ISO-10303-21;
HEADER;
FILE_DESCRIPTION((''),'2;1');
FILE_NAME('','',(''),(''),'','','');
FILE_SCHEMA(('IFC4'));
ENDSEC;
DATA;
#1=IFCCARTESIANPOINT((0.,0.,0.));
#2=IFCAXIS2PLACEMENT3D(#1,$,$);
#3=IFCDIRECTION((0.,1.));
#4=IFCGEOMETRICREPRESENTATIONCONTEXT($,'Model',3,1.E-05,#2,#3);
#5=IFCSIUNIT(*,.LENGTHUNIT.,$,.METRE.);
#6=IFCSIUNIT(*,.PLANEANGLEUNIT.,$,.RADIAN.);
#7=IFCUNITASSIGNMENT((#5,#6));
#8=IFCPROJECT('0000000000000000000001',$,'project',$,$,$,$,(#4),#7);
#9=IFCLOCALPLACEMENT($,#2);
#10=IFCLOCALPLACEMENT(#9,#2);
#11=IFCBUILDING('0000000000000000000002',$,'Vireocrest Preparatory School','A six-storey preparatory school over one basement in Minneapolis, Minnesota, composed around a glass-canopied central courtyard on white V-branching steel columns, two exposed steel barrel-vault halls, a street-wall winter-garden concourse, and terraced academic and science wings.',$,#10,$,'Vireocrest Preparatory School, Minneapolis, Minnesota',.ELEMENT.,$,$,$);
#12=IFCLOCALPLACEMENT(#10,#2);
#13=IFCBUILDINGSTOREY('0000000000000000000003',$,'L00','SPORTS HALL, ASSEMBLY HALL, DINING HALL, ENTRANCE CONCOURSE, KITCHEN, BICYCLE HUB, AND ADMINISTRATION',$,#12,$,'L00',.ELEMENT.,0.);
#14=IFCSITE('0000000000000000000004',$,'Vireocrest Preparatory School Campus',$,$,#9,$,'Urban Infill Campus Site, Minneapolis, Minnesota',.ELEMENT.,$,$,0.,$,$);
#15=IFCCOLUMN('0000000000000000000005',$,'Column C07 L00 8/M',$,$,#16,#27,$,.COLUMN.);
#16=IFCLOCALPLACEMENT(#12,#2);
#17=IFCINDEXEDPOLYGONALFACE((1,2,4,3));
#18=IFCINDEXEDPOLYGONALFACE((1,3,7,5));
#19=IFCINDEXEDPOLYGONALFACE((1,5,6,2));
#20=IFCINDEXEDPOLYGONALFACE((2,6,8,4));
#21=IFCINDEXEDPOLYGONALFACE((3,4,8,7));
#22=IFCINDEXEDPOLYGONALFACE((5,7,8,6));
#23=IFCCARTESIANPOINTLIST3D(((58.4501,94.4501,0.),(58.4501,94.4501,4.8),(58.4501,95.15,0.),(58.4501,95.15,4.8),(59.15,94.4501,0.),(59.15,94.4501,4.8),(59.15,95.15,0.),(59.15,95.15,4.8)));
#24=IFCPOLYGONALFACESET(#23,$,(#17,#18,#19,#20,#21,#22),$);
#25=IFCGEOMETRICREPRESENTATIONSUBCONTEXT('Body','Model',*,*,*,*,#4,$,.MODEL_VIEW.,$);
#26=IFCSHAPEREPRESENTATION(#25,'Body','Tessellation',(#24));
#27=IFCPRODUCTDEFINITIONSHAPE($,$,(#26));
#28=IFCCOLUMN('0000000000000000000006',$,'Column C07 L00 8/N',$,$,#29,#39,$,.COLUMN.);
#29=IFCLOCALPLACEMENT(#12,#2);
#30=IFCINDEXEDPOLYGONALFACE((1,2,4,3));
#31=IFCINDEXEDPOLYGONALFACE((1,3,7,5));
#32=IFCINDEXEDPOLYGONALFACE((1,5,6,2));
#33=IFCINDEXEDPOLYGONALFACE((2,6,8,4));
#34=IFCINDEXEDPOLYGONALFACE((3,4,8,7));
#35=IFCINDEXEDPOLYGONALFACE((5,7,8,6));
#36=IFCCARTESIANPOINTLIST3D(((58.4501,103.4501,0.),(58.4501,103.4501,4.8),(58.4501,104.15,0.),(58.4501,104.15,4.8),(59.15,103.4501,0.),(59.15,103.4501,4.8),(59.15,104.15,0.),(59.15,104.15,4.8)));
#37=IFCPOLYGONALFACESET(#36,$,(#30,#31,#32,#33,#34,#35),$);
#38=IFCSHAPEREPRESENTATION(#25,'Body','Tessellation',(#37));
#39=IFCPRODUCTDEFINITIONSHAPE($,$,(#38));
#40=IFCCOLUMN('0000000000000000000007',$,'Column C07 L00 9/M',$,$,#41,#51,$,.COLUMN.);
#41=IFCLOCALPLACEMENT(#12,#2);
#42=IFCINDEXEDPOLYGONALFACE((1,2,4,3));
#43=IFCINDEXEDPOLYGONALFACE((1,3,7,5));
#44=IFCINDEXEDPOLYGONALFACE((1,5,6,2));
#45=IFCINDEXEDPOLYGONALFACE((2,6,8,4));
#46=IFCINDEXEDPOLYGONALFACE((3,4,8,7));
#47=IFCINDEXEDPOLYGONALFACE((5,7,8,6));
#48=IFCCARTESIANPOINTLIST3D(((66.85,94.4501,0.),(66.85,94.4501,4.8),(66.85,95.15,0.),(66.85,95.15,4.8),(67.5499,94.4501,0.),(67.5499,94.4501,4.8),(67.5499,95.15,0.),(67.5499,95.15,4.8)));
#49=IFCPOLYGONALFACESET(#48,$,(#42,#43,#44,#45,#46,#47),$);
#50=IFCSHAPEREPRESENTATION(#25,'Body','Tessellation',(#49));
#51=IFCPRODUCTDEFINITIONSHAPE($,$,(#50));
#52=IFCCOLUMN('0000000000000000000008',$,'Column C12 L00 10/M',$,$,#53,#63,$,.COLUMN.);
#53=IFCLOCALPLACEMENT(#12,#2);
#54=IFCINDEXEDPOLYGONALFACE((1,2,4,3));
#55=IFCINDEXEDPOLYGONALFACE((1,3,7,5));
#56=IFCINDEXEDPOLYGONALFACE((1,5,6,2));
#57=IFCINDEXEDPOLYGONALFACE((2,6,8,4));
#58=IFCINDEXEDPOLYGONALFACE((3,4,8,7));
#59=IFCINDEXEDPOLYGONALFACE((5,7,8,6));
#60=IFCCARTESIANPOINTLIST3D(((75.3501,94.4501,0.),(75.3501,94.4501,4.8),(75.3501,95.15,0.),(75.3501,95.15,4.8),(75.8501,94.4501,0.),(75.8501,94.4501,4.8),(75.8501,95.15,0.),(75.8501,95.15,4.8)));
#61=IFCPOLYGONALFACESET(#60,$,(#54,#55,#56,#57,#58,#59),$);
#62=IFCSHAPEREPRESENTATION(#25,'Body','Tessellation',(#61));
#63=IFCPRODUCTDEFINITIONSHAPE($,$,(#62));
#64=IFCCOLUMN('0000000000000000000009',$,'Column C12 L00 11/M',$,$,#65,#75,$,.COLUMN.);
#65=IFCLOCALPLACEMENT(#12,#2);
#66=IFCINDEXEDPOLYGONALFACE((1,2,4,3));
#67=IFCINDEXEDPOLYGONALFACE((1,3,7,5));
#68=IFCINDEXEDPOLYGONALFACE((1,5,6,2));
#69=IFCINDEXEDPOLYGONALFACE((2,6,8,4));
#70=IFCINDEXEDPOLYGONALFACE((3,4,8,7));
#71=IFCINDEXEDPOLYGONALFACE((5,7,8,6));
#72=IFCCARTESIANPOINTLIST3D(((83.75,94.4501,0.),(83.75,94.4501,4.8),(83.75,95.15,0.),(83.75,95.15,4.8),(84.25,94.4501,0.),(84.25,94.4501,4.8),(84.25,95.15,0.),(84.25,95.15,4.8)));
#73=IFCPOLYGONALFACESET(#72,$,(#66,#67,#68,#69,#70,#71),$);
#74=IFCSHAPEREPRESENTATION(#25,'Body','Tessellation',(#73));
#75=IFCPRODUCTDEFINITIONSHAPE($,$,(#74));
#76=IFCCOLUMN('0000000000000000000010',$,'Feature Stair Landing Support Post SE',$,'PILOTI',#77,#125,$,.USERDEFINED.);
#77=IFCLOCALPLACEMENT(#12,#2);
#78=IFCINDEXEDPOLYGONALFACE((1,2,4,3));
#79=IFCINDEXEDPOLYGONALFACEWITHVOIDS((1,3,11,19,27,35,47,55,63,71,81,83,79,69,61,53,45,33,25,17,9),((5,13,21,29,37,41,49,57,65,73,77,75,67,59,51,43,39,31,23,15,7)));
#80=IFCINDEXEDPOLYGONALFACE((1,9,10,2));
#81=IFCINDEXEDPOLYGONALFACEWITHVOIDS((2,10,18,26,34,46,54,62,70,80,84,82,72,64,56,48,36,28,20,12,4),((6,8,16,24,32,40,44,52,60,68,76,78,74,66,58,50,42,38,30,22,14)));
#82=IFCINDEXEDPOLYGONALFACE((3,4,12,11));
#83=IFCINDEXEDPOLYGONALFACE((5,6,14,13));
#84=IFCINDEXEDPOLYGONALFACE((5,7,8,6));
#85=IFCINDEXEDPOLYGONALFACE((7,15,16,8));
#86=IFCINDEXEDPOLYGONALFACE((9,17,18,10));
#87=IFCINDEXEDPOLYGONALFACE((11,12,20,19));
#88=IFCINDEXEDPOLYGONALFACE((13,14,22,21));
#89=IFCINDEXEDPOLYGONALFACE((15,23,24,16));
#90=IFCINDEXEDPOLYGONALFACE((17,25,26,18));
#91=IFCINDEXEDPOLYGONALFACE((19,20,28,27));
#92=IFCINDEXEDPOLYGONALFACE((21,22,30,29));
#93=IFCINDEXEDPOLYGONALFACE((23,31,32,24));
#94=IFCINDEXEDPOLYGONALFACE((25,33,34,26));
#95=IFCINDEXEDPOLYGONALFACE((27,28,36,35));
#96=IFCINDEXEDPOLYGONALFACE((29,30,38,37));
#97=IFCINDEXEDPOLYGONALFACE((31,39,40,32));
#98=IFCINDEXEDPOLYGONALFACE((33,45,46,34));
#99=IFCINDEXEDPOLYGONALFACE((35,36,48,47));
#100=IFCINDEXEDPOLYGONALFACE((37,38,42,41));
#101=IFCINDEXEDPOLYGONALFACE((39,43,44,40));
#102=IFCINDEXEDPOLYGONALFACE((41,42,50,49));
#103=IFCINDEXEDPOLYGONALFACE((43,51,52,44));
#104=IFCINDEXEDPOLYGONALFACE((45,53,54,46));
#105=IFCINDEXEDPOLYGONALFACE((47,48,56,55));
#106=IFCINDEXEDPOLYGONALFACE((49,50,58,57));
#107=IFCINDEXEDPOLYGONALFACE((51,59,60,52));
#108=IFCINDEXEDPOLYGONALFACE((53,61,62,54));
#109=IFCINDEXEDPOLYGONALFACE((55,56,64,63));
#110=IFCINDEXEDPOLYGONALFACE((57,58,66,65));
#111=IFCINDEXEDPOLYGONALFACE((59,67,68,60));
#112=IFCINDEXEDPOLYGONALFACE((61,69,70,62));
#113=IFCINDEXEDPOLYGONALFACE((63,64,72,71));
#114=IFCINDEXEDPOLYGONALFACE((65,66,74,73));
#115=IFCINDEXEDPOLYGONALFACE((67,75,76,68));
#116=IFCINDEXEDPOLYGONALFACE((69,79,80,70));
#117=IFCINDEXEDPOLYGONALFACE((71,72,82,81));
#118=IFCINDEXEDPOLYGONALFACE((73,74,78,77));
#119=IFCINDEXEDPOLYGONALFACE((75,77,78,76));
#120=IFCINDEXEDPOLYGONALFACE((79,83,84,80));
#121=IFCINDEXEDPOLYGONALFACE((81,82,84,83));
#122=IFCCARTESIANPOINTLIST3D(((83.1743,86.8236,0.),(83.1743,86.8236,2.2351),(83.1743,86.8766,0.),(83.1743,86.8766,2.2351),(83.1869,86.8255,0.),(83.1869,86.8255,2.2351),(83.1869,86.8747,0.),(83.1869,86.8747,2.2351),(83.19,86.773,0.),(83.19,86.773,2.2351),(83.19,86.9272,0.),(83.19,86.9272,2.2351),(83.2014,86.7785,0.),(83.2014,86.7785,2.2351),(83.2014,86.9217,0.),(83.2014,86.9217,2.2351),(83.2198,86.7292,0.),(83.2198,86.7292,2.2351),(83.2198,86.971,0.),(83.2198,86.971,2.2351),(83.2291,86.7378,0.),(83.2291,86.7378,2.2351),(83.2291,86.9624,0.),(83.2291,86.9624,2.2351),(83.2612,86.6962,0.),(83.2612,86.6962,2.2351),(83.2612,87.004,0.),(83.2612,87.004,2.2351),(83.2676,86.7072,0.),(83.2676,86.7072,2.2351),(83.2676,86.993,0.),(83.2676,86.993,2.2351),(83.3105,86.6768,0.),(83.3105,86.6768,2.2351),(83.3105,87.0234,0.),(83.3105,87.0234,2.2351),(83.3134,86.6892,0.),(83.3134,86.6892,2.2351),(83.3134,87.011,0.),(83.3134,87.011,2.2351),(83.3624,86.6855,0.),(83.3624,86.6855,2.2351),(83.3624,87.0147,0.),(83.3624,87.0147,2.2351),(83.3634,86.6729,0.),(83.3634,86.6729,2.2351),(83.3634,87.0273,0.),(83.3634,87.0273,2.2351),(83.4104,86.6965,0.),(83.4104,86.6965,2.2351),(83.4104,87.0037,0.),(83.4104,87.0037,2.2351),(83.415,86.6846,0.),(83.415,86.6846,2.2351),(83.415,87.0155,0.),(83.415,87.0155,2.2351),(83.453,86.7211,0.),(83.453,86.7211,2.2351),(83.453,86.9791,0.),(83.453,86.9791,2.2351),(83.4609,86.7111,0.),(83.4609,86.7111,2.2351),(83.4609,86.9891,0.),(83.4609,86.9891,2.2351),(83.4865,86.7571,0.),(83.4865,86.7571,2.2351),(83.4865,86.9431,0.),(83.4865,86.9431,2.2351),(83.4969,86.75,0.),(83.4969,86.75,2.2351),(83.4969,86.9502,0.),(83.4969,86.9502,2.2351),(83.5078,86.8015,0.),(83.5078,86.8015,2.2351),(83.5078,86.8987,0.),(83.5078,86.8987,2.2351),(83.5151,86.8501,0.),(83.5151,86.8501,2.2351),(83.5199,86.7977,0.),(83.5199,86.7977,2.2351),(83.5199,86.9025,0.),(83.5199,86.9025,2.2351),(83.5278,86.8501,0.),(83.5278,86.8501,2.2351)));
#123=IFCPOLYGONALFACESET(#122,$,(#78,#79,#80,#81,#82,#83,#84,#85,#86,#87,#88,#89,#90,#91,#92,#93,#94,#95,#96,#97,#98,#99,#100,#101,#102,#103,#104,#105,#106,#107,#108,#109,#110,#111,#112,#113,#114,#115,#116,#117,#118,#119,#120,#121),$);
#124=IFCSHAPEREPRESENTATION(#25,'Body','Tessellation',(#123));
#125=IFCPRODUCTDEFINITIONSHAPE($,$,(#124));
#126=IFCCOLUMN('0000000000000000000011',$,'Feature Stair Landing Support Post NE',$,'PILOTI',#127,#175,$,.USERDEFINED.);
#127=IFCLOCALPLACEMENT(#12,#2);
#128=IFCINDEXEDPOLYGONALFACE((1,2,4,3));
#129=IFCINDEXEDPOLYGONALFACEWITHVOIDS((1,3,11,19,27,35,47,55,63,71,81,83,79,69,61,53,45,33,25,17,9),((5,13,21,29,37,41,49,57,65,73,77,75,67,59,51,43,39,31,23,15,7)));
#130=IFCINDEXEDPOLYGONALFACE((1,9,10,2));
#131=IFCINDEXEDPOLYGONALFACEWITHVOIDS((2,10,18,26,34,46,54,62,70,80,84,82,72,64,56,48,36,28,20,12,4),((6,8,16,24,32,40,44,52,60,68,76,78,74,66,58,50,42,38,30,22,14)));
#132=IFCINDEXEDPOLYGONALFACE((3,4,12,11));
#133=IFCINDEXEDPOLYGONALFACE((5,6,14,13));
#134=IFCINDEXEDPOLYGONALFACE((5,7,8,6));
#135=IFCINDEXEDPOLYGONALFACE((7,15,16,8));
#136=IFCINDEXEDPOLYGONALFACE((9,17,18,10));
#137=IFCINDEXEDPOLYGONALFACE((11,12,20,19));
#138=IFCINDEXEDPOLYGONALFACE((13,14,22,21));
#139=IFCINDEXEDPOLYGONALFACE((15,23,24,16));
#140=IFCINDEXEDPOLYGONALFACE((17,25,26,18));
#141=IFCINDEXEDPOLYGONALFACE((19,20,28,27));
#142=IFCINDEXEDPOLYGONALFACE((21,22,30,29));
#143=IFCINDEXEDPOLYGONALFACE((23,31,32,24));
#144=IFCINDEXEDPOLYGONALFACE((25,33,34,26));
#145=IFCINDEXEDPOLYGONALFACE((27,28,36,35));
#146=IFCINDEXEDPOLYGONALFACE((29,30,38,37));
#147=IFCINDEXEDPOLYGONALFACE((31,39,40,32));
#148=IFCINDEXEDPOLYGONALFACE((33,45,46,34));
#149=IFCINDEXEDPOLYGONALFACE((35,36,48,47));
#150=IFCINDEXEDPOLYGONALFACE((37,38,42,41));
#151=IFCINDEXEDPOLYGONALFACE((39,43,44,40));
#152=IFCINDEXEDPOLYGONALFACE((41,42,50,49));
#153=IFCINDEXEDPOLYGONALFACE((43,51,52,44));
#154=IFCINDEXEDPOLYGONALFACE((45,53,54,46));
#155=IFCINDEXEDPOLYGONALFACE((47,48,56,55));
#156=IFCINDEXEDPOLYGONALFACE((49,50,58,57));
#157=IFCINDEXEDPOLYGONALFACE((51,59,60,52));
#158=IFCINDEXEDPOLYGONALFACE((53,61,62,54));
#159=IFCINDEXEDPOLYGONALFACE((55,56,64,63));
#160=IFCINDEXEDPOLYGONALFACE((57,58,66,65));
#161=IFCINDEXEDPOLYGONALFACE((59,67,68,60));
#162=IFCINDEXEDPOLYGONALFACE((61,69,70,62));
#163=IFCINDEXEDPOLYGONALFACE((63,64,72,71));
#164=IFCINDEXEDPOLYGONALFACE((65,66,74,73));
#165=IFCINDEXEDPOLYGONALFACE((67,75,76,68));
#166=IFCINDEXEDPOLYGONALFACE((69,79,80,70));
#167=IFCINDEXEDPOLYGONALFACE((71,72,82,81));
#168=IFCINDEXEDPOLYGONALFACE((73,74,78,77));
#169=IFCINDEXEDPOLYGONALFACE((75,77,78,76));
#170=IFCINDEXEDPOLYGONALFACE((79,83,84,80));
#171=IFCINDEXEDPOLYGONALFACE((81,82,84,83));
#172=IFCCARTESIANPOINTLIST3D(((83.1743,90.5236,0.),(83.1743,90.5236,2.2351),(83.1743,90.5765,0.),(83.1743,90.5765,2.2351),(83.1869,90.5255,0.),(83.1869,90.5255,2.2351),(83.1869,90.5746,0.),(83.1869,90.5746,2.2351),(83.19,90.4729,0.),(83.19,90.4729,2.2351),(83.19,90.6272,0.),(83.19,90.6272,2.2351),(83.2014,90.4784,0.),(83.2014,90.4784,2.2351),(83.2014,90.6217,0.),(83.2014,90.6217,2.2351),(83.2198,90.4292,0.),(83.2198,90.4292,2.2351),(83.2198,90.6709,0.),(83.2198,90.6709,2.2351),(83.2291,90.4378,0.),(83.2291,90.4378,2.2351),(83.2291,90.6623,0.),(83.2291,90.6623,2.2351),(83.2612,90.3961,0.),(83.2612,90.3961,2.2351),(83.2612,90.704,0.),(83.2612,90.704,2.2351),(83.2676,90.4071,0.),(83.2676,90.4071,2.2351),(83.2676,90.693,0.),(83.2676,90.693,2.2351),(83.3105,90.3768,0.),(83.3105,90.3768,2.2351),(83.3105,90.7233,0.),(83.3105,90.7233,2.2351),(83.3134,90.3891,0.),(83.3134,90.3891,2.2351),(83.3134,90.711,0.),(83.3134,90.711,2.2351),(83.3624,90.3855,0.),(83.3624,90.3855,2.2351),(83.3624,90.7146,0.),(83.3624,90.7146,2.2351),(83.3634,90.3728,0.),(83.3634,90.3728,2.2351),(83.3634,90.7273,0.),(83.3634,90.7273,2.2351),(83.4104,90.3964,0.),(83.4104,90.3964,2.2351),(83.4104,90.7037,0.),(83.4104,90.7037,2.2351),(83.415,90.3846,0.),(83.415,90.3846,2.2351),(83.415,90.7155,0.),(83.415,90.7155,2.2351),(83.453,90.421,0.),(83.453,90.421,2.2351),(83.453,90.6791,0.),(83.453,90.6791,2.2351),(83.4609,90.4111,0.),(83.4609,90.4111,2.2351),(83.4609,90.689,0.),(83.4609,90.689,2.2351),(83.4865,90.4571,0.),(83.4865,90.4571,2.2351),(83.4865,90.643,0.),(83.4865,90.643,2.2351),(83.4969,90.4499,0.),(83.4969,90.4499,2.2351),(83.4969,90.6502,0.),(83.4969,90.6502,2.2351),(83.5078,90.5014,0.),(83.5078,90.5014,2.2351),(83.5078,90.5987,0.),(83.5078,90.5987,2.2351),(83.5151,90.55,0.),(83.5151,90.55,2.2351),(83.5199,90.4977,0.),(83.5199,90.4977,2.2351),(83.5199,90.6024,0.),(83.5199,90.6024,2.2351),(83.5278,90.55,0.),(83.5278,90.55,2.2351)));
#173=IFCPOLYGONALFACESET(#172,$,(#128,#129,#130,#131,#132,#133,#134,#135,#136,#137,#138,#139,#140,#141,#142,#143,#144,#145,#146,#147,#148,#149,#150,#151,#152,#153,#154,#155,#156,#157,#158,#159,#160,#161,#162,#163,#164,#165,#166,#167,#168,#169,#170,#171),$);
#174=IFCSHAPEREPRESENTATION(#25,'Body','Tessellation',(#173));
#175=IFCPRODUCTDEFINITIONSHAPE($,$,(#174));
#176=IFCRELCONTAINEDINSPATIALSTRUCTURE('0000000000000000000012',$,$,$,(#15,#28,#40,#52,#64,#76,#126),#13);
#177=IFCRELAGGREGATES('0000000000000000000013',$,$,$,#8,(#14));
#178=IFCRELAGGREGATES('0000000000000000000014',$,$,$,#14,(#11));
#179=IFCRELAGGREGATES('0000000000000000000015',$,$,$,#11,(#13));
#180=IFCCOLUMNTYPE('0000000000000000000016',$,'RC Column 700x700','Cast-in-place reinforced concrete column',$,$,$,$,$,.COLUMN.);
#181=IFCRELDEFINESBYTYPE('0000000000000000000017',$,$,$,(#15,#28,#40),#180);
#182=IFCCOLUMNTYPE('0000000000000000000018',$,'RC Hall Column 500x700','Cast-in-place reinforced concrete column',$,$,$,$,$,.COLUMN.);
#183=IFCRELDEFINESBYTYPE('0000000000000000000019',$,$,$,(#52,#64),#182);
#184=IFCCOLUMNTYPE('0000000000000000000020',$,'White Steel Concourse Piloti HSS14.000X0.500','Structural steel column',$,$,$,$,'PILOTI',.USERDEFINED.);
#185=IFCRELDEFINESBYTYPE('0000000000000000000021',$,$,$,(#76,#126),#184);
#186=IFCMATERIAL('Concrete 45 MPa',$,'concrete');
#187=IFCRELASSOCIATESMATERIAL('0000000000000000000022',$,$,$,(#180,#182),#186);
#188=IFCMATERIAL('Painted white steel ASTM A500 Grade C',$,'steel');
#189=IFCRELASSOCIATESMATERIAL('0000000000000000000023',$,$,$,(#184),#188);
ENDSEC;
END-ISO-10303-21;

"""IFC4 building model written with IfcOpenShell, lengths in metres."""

from ifc_helpers import new_model, si_unit, direction, frame, origin, origin_2d, place, context, subcontext, project, spatial, rectangle, hollow_circle, extrude, material, material_profile, profile_set, type_object, element, save


model = new_model("IFC4")

# Units and contexts
model_context = context("Model", 3, precision=1e-05, world=origin(), true_north=direction((0.0, 1.0)))
body_context = subcontext(model_context, "Body", "Model", "MODEL_VIEW")
ifc_project = project(units=[si_unit("LENGTHUNIT", "METRE"), si_unit("PLANEANGLEUNIT", "RADIAN")], contexts=[model_context])

# Site, building, storey
site_placement = place(None, origin())
site = spatial("IfcSite", under=ifc_project, at=site_placement, Name="Vireocrest Preparatory School Campus", LongName="Urban Infill Campus Site, Minneapolis, Minnesota", CompositionType="ELEMENT", RefElevation=0.0)
building_placement = place(site_placement, origin())
building = spatial("IfcBuilding", under=site, at=building_placement, Name="Vireocrest Preparatory School", Description="A six-storey preparatory school over one basement in Minneapolis, Minnesota, composed around a glass-canopied central courtyard on white V-branching steel columns, two exposed steel barrel-vault halls, a street-wall winter-garden concourse, and terraced academic and science wings.", LongName="Vireocrest Preparatory School, Minneapolis, Minnesota", CompositionType="ELEMENT")
storey_placement = place(building_placement, origin())
storey = spatial("IfcBuildingStorey", under=building, at=storey_placement, Name="L00", Description="SPORTS HALL, ASSEMBLY HALL, DINING HALL, ENTRANCE CONCOURSE, KITCHEN, BICYCLE HUB, AND ADMINISTRATION", LongName="L00", CompositionType="ELEMENT", Elevation=0.0)

# Columns
ifc_material_1 = material(Name="Concrete 45 MPa", Category="concrete")
ifc_material_profile_1 = material_profile(ifc_material_1, rectangle(XDim=0.7, YDim=0.7, at=origin_2d()), Name="RC 700x700")
ifc_profile_set_1 = profile_set([ifc_material_profile_1], Name="Concrete 45 MPa")
column_type_1 = type_object("IfcColumnType", Name="RC Column 700x700", Description="Cast-in-place reinforced concrete column", PredefinedType="COLUMN", material=ifc_profile_set_1)
for number, where, z_axis, x_axis, name in (
    (1, (58.8, 94.8, 0.0), (0.0, 0.0, 1.0), (1.0, 0.0, 0.0), "Column C07 L00 8/M"),
    (2, (58.8, 103.8, 0.0), (0.0, 0.0, 1.0), (1.0, 0.0, 0.0), "Column C07 L00 8/N"),
    (3, (67.2, 94.8, 0.0), (0.0, 0.0, 1.0), (1.0, 0.0, 0.0), "Column C07 L00 9/M"),
):
    element("IfcColumn", number, at=place(storey_placement, frame(where, z_axis=z_axis, x_axis=x_axis)), inside=storey, type_object=column_type_1, Name=name, PredefinedType="COLUMN", context=body_context, shape_type="SweptSolid", body=[
        extrude(rectangle(XDim=0.7, YDim=0.7, at=origin_2d()), origin(), (0.0, 0.0, 1.0), 4.8),
    ])
ifc_material_profile_2 = material_profile(ifc_material_1, rectangle(XDim=0.5, YDim=0.7, at=origin_2d()), Name="RC 500x700")
ifc_profile_set_2 = profile_set([ifc_material_profile_2], Name="Concrete 45 MPa")
column_type_2 = type_object("IfcColumnType", Name="RC Hall Column 500x700", Description="Cast-in-place reinforced concrete column", PredefinedType="COLUMN", material=ifc_profile_set_2)
for number, where, z_axis, x_axis, name in (
    (4, (75.6001, 94.8, 0.0), (0.0, 0.0, 1.0), (1.0, 0.0, 0.0), "Column C12 L00 10/M"),
    (5, (84.0, 94.8, 0.0), (0.0, 0.0, 1.0), (1.0, 0.0, 0.0), "Column C12 L00 11/M"),
):
    element("IfcColumn", number, at=place(storey_placement, frame(where, z_axis=z_axis, x_axis=x_axis)), inside=storey, type_object=column_type_2, Name=name, PredefinedType="COLUMN", context=body_context, shape_type="SweptSolid", body=[
        extrude(rectangle(XDim=0.5, YDim=0.7, at=origin_2d()), origin(), (0.0, 0.0, 1.0), 4.8),
    ])
ifc_material_2 = material(Name="Painted white steel ASTM A500 Grade C", Category="steel")
ifc_material_profile_3 = material_profile(ifc_material_2, hollow_circle(Radius=0.1777, WallThickness=0.0127, at=origin_2d()), Name="HSS14.000X0.500")
ifc_profile_set_3 = profile_set([ifc_material_profile_3], Name="Painted white steel ASTM A500 Grade C")
column_type_3 = type_object("IfcColumnType", Name="White Steel Concourse Piloti HSS14.000X0.500", Description="Structural steel column", ElementType="PILOTI", PredefinedType="USERDEFINED", material=ifc_profile_set_3)
for number, where, z_axis, x_axis, name in (
    (6, (83.3501, 86.8501, 0.0), (0.0, 0.0, 1.0), (1.0, 0.0, 0.0), "Feature Stair Landing Support Post SE"),
    (7, (83.3501, 90.55, 0.0), (0.0, 0.0, 1.0), (1.0, 0.0, 0.0), "Feature Stair Landing Support Post NE"),
):
    element("IfcColumn", number, at=place(storey_placement, frame(where, z_axis=z_axis, x_axis=x_axis)), inside=storey, type_object=column_type_3, Name=name, ObjectType="PILOTI", PredefinedType="USERDEFINED", context=body_context, shape_type="SweptSolid", body=[
        extrude(hollow_circle(Radius=0.1777, WallThickness=0.0127, at=origin_2d()), origin(), (0.0, 0.0, 1.0), 2.2351),
    ])

save(model, "model.ifc")
